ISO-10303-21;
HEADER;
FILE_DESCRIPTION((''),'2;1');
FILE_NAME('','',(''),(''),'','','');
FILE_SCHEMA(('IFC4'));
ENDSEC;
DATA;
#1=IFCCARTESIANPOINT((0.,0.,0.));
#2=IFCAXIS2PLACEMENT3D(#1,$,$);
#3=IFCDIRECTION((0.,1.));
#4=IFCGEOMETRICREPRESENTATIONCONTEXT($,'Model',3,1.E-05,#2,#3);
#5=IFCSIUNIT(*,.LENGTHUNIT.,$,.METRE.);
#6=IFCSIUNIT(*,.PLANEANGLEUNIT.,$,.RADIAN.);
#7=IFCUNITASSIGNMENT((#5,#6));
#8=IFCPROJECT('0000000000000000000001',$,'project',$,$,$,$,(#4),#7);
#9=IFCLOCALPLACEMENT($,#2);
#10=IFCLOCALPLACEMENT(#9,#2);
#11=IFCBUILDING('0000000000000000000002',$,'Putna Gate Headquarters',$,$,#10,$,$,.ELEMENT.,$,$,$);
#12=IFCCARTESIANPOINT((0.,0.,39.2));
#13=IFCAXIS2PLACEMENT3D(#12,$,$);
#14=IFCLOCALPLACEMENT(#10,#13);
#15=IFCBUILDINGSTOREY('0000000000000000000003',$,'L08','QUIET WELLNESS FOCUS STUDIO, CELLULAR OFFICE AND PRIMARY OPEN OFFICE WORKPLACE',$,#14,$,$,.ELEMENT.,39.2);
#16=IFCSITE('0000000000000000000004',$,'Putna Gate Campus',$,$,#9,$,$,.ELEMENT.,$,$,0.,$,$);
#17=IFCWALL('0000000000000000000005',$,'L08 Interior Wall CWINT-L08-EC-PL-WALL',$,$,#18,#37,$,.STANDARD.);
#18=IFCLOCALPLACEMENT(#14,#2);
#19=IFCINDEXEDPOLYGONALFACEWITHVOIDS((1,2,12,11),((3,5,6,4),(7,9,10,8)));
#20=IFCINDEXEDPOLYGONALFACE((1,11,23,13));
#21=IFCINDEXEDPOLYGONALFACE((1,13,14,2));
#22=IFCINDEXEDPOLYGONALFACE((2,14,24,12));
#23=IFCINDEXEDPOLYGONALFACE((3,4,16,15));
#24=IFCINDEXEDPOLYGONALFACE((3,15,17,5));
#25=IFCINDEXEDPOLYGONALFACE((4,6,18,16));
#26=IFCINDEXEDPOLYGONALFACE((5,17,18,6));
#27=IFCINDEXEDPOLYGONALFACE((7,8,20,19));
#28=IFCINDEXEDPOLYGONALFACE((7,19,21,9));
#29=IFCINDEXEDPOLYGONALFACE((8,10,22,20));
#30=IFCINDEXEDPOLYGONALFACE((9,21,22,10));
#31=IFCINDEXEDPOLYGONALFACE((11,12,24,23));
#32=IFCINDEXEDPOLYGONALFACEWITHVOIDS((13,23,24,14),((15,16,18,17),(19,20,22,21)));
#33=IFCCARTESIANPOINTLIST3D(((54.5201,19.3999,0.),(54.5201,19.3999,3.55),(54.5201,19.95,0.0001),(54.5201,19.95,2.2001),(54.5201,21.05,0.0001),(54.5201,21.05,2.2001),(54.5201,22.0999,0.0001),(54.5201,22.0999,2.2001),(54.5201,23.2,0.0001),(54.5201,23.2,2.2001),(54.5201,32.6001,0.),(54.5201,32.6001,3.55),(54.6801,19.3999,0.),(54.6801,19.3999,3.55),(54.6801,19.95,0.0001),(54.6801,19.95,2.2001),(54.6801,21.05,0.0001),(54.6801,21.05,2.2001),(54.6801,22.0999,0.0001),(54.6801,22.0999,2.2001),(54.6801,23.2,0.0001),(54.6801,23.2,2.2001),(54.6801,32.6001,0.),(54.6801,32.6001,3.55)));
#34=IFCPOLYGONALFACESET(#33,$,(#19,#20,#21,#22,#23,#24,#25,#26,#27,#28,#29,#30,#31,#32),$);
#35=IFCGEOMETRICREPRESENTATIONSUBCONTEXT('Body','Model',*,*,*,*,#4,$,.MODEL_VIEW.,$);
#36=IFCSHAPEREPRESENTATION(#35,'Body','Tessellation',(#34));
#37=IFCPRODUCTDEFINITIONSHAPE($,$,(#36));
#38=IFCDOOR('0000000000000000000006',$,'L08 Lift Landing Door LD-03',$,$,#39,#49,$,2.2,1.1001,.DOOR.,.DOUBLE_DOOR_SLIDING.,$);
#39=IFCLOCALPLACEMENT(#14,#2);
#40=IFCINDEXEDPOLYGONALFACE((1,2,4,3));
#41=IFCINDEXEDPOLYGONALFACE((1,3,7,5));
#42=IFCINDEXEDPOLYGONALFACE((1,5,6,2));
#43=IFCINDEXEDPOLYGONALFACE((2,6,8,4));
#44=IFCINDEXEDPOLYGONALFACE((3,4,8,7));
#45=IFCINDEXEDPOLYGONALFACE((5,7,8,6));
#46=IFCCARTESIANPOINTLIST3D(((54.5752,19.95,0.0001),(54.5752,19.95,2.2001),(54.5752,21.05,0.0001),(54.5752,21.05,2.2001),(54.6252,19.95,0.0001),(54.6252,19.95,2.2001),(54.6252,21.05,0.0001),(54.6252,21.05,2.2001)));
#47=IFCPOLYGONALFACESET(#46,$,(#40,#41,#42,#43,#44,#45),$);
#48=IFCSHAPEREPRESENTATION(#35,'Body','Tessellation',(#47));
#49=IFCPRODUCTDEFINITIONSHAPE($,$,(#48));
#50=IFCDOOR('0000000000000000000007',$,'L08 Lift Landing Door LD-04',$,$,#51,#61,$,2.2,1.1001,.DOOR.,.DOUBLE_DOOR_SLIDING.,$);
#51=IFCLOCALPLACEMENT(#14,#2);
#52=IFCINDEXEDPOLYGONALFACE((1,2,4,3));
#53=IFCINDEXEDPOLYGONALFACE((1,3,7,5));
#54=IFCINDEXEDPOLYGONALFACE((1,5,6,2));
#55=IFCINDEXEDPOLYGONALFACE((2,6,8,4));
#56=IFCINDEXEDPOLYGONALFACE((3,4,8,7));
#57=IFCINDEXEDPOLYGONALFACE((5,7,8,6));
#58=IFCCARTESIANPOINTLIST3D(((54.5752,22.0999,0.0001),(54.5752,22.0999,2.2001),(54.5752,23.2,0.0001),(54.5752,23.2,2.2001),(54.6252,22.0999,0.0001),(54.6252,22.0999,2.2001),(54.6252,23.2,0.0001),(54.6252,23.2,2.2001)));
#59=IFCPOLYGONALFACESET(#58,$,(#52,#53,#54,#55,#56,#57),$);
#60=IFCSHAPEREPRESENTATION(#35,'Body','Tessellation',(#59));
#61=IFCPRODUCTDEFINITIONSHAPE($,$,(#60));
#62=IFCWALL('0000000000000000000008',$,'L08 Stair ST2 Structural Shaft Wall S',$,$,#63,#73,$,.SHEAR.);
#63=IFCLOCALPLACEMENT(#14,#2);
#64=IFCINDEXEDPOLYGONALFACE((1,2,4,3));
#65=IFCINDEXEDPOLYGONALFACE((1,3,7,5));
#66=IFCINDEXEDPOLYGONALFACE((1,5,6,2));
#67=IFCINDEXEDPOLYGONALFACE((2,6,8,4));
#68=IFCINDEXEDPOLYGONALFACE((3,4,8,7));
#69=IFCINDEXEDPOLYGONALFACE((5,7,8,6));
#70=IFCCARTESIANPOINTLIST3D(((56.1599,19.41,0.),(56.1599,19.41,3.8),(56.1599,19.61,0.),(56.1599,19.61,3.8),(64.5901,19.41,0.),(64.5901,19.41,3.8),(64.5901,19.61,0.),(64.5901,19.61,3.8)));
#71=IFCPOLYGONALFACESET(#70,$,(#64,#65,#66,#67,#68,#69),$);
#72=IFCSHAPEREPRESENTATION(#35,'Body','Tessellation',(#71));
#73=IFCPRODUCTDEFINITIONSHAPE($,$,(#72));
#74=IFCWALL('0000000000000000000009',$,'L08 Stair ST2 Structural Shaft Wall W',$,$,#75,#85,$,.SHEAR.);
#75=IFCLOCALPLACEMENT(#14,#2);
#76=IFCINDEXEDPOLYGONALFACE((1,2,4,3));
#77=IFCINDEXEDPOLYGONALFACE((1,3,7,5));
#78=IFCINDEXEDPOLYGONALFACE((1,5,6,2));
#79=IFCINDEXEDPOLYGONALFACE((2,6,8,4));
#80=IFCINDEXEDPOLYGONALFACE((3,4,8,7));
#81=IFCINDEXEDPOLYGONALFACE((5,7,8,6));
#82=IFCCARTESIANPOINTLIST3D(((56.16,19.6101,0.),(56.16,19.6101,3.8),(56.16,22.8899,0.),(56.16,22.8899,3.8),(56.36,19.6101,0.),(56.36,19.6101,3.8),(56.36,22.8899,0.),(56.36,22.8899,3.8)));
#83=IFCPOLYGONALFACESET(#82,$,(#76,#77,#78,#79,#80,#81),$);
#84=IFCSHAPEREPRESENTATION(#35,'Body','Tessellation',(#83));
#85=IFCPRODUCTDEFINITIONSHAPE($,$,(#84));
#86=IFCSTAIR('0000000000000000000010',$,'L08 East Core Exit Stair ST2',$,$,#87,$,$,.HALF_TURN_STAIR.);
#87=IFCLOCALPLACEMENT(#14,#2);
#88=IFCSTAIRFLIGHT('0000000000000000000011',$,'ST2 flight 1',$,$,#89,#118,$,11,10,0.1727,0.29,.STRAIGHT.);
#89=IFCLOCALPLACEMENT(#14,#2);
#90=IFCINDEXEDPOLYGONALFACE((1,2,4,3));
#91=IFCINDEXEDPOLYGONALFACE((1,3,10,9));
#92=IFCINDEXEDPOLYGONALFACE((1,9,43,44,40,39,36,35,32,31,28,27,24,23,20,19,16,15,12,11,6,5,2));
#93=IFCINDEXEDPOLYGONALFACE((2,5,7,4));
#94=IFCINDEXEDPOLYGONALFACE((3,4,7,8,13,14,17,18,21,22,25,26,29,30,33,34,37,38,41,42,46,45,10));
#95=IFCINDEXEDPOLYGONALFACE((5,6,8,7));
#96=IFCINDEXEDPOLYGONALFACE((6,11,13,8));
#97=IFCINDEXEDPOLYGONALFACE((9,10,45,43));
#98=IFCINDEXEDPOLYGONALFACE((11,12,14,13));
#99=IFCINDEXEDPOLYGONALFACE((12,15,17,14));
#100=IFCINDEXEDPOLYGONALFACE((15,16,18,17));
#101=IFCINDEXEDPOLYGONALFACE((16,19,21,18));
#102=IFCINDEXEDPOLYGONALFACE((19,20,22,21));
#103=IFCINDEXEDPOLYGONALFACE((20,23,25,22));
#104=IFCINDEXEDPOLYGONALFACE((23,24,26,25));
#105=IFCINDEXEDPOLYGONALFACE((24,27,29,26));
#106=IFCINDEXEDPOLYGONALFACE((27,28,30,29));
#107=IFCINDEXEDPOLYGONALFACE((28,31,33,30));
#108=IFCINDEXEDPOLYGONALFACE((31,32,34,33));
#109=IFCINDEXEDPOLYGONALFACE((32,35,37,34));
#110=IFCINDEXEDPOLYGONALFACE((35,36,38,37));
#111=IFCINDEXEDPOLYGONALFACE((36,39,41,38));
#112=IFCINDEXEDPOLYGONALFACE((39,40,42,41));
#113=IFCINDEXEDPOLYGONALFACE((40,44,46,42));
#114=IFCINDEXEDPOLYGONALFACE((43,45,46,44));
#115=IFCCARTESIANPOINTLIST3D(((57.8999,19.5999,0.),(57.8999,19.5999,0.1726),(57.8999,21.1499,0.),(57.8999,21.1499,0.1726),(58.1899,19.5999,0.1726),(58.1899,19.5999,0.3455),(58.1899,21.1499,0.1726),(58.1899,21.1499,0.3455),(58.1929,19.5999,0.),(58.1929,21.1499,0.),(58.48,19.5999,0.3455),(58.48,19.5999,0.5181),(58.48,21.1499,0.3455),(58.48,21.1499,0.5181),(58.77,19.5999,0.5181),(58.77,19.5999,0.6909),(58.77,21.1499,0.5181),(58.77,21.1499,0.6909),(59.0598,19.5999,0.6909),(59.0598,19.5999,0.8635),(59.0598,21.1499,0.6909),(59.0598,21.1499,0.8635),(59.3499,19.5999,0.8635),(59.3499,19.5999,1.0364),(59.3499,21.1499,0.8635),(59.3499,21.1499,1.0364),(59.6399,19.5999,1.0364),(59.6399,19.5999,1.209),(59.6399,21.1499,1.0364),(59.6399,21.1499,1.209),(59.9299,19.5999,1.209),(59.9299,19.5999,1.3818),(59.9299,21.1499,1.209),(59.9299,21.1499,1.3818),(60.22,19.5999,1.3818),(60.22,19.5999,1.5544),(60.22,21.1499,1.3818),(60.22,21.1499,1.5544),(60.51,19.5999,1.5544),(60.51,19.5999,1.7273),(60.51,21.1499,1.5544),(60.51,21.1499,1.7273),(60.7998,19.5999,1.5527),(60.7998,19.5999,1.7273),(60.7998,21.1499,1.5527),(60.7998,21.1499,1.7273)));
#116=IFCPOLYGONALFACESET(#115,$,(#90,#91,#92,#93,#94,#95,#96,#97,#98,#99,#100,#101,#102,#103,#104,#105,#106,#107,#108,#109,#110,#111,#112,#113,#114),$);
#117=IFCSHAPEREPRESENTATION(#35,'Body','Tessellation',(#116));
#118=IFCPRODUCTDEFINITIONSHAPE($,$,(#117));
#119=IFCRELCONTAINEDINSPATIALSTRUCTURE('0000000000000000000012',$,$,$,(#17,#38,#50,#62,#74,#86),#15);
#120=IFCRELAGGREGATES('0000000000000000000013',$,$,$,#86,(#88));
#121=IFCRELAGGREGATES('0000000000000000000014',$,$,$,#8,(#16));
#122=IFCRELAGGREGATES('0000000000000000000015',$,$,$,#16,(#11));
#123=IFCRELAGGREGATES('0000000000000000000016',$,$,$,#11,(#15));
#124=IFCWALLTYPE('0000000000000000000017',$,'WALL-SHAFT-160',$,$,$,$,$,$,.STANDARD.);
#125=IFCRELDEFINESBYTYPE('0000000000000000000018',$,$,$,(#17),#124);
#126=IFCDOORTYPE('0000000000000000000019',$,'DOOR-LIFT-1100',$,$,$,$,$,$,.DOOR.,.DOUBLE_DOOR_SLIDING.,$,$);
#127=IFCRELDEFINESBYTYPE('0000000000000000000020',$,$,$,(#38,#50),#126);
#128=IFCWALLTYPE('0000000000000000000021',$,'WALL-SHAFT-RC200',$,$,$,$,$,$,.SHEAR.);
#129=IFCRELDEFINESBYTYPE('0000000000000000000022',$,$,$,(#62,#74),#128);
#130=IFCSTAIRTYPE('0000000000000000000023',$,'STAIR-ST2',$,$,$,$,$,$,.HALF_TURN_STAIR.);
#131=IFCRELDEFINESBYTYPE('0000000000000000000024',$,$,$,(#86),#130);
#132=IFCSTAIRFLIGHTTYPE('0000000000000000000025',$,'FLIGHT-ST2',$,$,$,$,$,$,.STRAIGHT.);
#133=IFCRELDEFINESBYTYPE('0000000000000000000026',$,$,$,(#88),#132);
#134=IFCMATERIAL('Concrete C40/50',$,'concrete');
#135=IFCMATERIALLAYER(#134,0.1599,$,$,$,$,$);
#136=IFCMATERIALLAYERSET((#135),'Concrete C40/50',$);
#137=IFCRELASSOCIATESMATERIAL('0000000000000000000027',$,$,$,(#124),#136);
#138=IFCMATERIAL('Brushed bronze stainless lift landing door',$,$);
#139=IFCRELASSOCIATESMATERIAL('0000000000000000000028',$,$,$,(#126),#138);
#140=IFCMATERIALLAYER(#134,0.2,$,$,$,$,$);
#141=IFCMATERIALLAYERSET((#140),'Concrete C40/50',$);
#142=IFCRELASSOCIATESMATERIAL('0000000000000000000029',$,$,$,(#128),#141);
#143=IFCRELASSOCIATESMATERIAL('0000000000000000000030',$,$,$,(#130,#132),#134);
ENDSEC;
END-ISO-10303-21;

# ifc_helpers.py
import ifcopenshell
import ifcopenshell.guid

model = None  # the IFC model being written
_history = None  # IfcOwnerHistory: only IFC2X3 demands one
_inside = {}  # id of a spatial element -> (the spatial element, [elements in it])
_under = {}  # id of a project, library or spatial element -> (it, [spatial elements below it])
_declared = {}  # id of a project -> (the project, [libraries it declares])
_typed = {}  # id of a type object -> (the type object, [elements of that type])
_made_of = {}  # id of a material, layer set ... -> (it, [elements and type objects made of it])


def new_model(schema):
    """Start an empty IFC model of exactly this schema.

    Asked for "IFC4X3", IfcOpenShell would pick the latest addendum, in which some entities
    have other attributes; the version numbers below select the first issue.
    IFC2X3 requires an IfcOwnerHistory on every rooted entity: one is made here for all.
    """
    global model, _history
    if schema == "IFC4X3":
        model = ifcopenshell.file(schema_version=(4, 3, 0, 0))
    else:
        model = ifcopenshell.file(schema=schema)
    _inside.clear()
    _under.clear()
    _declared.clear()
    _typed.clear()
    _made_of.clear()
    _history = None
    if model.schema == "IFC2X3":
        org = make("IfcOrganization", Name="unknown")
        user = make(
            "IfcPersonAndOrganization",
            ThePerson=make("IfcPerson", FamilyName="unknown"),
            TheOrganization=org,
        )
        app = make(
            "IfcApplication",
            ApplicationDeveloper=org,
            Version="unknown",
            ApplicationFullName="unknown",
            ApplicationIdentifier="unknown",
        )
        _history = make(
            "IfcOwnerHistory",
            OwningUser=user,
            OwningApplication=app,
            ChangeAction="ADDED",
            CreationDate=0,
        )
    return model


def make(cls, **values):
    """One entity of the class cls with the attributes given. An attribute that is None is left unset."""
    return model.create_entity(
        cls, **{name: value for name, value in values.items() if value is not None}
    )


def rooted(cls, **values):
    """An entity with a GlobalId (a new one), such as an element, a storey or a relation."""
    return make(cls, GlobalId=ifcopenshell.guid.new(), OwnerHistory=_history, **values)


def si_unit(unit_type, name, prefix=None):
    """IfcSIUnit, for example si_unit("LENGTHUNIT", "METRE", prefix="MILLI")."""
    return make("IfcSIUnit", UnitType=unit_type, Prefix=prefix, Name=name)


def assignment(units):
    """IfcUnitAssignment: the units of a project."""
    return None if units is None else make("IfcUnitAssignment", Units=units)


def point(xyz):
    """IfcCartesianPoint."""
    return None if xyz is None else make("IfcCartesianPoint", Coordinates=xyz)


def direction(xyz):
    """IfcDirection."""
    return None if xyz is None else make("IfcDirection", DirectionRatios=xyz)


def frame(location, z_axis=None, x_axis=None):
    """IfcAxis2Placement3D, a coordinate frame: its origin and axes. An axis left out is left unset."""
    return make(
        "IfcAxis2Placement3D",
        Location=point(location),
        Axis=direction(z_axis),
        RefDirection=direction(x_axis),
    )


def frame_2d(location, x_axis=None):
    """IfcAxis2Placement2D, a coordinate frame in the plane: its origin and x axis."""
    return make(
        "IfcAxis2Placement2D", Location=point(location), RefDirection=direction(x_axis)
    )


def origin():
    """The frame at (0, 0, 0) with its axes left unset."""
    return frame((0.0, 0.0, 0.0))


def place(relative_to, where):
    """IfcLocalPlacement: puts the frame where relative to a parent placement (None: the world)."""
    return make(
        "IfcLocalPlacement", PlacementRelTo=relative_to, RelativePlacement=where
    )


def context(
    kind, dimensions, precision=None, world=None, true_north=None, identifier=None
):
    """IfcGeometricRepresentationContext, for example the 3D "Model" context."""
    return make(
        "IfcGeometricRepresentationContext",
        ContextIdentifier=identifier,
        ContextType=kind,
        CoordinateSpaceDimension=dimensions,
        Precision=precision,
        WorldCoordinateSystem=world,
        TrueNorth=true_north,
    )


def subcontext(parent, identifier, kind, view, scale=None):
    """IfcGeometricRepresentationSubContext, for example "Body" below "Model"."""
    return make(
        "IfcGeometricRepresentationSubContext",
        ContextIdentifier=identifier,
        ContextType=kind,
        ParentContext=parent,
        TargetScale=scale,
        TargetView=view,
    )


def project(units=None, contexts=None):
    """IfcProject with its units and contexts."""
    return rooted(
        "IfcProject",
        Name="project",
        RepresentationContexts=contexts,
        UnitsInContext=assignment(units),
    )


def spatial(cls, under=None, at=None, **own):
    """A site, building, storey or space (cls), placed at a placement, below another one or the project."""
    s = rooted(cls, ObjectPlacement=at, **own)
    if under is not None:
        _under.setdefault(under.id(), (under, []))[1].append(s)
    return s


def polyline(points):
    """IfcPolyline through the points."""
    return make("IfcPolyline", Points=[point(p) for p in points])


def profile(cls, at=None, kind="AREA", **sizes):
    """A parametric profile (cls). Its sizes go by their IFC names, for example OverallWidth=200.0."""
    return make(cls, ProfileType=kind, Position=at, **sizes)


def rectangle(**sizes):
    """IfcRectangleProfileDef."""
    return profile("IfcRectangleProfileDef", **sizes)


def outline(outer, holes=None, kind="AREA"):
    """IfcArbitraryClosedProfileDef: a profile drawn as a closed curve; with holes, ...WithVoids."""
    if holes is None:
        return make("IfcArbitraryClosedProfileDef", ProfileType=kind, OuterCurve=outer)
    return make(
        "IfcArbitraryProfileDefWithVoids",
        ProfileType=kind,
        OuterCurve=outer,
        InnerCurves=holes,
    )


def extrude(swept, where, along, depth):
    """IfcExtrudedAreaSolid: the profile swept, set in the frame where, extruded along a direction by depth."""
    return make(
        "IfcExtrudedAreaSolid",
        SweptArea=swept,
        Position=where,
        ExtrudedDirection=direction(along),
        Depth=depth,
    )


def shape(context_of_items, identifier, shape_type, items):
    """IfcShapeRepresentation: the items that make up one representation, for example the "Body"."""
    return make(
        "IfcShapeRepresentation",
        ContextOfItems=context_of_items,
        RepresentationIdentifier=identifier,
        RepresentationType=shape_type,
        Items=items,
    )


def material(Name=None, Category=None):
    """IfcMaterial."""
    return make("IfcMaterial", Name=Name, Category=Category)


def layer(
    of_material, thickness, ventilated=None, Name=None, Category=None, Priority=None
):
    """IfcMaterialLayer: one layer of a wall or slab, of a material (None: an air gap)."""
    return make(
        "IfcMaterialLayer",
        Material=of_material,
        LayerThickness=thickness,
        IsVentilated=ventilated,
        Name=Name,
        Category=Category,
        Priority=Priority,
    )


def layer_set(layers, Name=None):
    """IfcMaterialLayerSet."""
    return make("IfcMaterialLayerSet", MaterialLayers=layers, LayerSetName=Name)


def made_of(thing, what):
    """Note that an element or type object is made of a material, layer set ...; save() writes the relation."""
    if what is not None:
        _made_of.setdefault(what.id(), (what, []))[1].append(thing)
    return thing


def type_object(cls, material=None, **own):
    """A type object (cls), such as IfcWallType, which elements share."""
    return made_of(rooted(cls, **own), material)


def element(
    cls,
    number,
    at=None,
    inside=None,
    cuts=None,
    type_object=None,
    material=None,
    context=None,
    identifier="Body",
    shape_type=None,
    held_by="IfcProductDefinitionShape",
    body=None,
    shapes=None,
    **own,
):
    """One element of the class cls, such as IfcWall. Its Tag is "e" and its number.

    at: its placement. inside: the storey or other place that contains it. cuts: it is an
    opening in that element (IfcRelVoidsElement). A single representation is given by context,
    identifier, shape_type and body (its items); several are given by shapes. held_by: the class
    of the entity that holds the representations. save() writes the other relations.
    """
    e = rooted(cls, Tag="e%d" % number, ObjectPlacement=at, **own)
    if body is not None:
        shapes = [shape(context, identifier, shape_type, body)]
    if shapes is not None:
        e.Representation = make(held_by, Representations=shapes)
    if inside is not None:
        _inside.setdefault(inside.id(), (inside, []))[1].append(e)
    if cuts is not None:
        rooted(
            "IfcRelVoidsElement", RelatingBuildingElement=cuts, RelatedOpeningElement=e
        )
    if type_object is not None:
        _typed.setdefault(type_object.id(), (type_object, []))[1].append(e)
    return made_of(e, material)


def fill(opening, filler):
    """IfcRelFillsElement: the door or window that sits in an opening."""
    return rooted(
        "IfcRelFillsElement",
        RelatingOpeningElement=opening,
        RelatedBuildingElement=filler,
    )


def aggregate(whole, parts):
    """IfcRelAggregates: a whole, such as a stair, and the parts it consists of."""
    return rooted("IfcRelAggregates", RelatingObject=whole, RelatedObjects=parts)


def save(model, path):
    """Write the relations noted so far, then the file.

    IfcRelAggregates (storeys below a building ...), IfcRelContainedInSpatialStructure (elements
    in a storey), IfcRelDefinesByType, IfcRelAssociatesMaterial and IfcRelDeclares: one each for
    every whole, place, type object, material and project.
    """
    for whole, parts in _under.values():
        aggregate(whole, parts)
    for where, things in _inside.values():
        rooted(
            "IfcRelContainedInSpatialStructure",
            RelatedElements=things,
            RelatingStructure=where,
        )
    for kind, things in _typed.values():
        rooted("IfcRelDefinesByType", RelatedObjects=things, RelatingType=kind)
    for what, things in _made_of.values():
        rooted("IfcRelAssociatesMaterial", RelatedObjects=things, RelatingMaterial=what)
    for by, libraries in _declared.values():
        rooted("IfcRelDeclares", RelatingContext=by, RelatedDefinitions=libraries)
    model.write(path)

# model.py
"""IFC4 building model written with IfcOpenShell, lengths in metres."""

from ifc_helpers import new_model, si_unit, direction, frame, frame_2d, origin, place, context, subcontext, project, spatial, polyline, rectangle, outline, extrude, material, layer, layer_set, type_object, element, fill, aggregate, save


model = new_model("IFC4")

# Units and contexts
model_context = context("Model", 3, precision=1e-05, world=origin(), true_north=direction((0.0, 1.0)))
body_context = subcontext(model_context, "Body", "Model", "MODEL_VIEW")
ifc_project = project(units=[si_unit("LENGTHUNIT", "METRE"), si_unit("PLANEANGLEUNIT", "RADIAN")], contexts=[model_context])

# Site, building, storey
site_placement = place(None, origin())
site = spatial("IfcSite", under=ifc_project, at=site_placement, Name="Putna Gate Campus", CompositionType="ELEMENT", RefElevation=0.0)
building_placement = place(site_placement, origin())
building = spatial("IfcBuilding", under=site, at=building_placement, Name="Putna Gate Headquarters", CompositionType="ELEMENT")
storey_placement = place(building_placement, frame((0.0, 0.0, 39.2)))
storey = spatial("IfcBuildingStorey", under=building, at=storey_placement, Name="L08", Description="QUIET WELLNESS FOCUS STUDIO, CELLULAR OFFICE AND PRIMARY OPEN OFFICE WORKPLACE", CompositionType="ELEMENT", Elevation=39.2)

# Wall, openings, doors
ifc_material_1 = material(Name="Concrete C40/50", Category="concrete")
ifc_layer_1 = layer(ifc_material_1, 0.1599)
ifc_layer_set_1 = layer_set([ifc_layer_1], Name="Concrete C40/50")
wall_type_1 = type_object("IfcWallType", Name="WALL-SHAFT-160", PredefinedType="STANDARD", material=ifc_layer_set_1)
wall_1_placement = place(storey_placement, frame((54.6001, 19.3999, 0.0), z_axis=(0.0, 0.0, 1.0), x_axis=(0.0, 1.0, 0.0)))
wall_1 = element("IfcWall", 1, at=wall_1_placement, inside=storey, type_object=wall_type_1, Name="L08 Interior Wall CWINT-L08-EC-PL-WALL", PredefinedType="STANDARD", context=body_context, shape_type="SweptSolid", body=[
    extrude(rectangle(XDim=13.2002, YDim=0.1599, at=frame_2d((6.6001, 0.0))), origin(), (0.0, 0.0, 1.0), 3.55),
])
opening_1_placement = place(wall_1_placement, frame((0.55, 0.0, 0.0)))
opening_1 = element("IfcOpeningElement", 2, at=opening_1_placement, cuts=wall_1, PredefinedType="OPENING", context=body_context, shape_type="SweptSolid", body=[
    extrude(rectangle(XDim=1.1001, YDim=2.2, at=frame_2d((0.55, 1.1001))), frame((0.0, 0.0898, 0.0), z_axis=(0.0, -1.0, 0.0), x_axis=(1.0, 0.0, 0.0)), (0.0, 0.0, 1.0), 0.1799),
])
opening_2_placement = place(wall_1_placement, frame((2.7, 0.0, 0.0)))
opening_2 = element("IfcOpeningElement", 3, at=opening_2_placement, cuts=wall_1, PredefinedType="OPENING", context=body_context, shape_type="SweptSolid", body=[
    extrude(rectangle(XDim=1.1001, YDim=2.2, at=frame_2d((0.55, 1.1001))), frame((0.0, 0.0898, 0.0), z_axis=(0.0, -1.0, 0.0), x_axis=(1.0, 0.0, 0.0)), (0.0, 0.0, 1.0), 0.1799),
])
ifc_material_2 = material(Name="Brushed bronze stainless lift landing door")
door_type_1 = type_object("IfcDoorType", Name="DOOR-LIFT-1100", OperationType="DOUBLE_DOOR_SLIDING", PredefinedType="DOOR", material=ifc_material_2)
door_1_placement = place(opening_1_placement, origin())
door_1 = element("IfcDoor", 4, at=door_1_placement, inside=storey, type_object=door_type_1, Name="L08 Lift Landing Door LD-03", OperationType="DOUBLE_DOOR_SLIDING", OverallHeight=2.2, OverallWidth=1.1001, PredefinedType="DOOR", context=body_context, shape_type="SweptSolid", body=[
    extrude(rectangle(XDim=1.1001, YDim=2.2, at=frame_2d((0.55, 1.1001))), frame((0.0, 0.0249, 0.0), z_axis=(0.0, -1.0, 0.0), x_axis=(1.0, 0.0, 0.0)), (0.0, 0.0, 1.0), 0.05),
])
fill(opening_1, door_1)
door_2_placement = place(opening_2_placement, origin())
door_2 = element("IfcDoor", 5, at=door_2_placement, inside=storey, type_object=door_type_1, Name="L08 Lift Landing Door LD-04", OperationType="DOUBLE_DOOR_SLIDING", OverallHeight=2.2, OverallWidth=1.1001, PredefinedType="DOOR", context=body_context, shape_type="SweptSolid", body=[
    extrude(rectangle(XDim=1.1001, YDim=2.2, at=frame_2d((0.55, 1.1001))), frame((0.0, 0.0249, 0.0), z_axis=(0.0, -1.0, 0.0), x_axis=(1.0, 0.0, 0.0)), (0.0, 0.0, 1.0), 0.05),
])
fill(opening_2, door_2)

# Walls
ifc_layer_2 = layer(ifc_material_1, 0.2)
ifc_layer_set_2 = layer_set([ifc_layer_2], Name="Concrete C40/50")
wall_type_2 = type_object("IfcWallType", Name="WALL-SHAFT-RC200", PredefinedType="SHEAR", material=ifc_layer_set_2)
wall_2_placement = place(storey_placement, frame((56.1599, 19.51, 0.0), z_axis=(0.0, 0.0, 1.0), x_axis=(1.0, 0.0, 0.0)))
element("IfcWall", 6, at=wall_2_placement, inside=storey, type_object=wall_type_2, Name="L08 Stair ST2 Structural Shaft Wall S", PredefinedType="SHEAR", context=body_context, shape_type="SweptSolid", body=[
    extrude(rectangle(XDim=8.4302, YDim=0.2, at=frame_2d((4.2151, 0.0))), origin(), (0.0, 0.0, 1.0), 3.8),
])
wall_3_placement = place(storey_placement, frame((56.26, 19.6101, 0.0), z_axis=(0.0, 0.0, 1.0), x_axis=(0.0, 1.0, 0.0)))
element("IfcWall", 7, at=wall_3_placement, inside=storey, type_object=wall_type_2, Name="L08 Stair ST2 Structural Shaft Wall W", PredefinedType="SHEAR", context=body_context, shape_type="SweptSolid", body=[
    extrude(rectangle(XDim=3.2798, YDim=0.2, at=frame_2d((1.6399, 0.0))), origin(), (0.0, 0.0, 1.0), 3.8),
])

# Stair, stair flight
stair_type = type_object("IfcStairType", Name="STAIR-ST2", PredefinedType="HALF_TURN_STAIR", material=ifc_material_1)
stair_placement = place(storey_placement, origin())
stair = element("IfcStair", 8, at=stair_placement, inside=storey, type_object=stair_type, Name="L08 East Core Exit Stair ST2", PredefinedType="HALF_TURN_STAIR")
stair_flight_type = type_object("IfcStairFlightType", Name="FLIGHT-ST2", PredefinedType="STRAIGHT", material=ifc_material_1)
stair_flight_placement = place(storey_placement, frame((57.8999, 20.375, 0.0), z_axis=(0.0, 0.0, 1.0), x_axis=(1.0, 0.0, 0.0)))
stair_flight = element("IfcStairFlight", 9, at=stair_flight_placement, type_object=stair_flight_type, Name="ST2 flight 1", NumberOfRisers=11, NumberOfTreads=10, PredefinedType="STRAIGHT", RiserHeight=0.1727, TreadLength=0.29, context=body_context, shape_type="SweptSolid", body=[
    extrude(outline(polyline([(0.0, 0.0), (0.0, 0.1726), (0.29, 0.1726), (0.29, 0.3455), (0.5801, 0.3455), (0.5801, 0.5181), (0.8701, 0.5181), (0.8701, 0.6909), (1.1599, 0.6909), (1.1599, 0.8635), (1.45, 0.8635), (1.45, 1.0364), (1.74, 1.0364), (1.74, 1.209), (2.03, 1.209), (2.03, 1.3818), (2.3201, 1.3818), (2.3201, 1.5544), (2.6101, 1.5544), (2.6101, 1.7273), (2.8999, 1.7273), (2.8999, 1.8999), (2.8999, 1.5527), (0.293, 0.0), (0.0, 0.0)])), frame((0.0, 0.7749, 0.0), z_axis=(0.0, -1.0, 0.0), x_axis=(1.0, 0.0, 0.0)), (0.0, 0.0, 1.0), 1.55),
])
aggregate(stair, [stair_flight])

save(model, "model.ifc")
